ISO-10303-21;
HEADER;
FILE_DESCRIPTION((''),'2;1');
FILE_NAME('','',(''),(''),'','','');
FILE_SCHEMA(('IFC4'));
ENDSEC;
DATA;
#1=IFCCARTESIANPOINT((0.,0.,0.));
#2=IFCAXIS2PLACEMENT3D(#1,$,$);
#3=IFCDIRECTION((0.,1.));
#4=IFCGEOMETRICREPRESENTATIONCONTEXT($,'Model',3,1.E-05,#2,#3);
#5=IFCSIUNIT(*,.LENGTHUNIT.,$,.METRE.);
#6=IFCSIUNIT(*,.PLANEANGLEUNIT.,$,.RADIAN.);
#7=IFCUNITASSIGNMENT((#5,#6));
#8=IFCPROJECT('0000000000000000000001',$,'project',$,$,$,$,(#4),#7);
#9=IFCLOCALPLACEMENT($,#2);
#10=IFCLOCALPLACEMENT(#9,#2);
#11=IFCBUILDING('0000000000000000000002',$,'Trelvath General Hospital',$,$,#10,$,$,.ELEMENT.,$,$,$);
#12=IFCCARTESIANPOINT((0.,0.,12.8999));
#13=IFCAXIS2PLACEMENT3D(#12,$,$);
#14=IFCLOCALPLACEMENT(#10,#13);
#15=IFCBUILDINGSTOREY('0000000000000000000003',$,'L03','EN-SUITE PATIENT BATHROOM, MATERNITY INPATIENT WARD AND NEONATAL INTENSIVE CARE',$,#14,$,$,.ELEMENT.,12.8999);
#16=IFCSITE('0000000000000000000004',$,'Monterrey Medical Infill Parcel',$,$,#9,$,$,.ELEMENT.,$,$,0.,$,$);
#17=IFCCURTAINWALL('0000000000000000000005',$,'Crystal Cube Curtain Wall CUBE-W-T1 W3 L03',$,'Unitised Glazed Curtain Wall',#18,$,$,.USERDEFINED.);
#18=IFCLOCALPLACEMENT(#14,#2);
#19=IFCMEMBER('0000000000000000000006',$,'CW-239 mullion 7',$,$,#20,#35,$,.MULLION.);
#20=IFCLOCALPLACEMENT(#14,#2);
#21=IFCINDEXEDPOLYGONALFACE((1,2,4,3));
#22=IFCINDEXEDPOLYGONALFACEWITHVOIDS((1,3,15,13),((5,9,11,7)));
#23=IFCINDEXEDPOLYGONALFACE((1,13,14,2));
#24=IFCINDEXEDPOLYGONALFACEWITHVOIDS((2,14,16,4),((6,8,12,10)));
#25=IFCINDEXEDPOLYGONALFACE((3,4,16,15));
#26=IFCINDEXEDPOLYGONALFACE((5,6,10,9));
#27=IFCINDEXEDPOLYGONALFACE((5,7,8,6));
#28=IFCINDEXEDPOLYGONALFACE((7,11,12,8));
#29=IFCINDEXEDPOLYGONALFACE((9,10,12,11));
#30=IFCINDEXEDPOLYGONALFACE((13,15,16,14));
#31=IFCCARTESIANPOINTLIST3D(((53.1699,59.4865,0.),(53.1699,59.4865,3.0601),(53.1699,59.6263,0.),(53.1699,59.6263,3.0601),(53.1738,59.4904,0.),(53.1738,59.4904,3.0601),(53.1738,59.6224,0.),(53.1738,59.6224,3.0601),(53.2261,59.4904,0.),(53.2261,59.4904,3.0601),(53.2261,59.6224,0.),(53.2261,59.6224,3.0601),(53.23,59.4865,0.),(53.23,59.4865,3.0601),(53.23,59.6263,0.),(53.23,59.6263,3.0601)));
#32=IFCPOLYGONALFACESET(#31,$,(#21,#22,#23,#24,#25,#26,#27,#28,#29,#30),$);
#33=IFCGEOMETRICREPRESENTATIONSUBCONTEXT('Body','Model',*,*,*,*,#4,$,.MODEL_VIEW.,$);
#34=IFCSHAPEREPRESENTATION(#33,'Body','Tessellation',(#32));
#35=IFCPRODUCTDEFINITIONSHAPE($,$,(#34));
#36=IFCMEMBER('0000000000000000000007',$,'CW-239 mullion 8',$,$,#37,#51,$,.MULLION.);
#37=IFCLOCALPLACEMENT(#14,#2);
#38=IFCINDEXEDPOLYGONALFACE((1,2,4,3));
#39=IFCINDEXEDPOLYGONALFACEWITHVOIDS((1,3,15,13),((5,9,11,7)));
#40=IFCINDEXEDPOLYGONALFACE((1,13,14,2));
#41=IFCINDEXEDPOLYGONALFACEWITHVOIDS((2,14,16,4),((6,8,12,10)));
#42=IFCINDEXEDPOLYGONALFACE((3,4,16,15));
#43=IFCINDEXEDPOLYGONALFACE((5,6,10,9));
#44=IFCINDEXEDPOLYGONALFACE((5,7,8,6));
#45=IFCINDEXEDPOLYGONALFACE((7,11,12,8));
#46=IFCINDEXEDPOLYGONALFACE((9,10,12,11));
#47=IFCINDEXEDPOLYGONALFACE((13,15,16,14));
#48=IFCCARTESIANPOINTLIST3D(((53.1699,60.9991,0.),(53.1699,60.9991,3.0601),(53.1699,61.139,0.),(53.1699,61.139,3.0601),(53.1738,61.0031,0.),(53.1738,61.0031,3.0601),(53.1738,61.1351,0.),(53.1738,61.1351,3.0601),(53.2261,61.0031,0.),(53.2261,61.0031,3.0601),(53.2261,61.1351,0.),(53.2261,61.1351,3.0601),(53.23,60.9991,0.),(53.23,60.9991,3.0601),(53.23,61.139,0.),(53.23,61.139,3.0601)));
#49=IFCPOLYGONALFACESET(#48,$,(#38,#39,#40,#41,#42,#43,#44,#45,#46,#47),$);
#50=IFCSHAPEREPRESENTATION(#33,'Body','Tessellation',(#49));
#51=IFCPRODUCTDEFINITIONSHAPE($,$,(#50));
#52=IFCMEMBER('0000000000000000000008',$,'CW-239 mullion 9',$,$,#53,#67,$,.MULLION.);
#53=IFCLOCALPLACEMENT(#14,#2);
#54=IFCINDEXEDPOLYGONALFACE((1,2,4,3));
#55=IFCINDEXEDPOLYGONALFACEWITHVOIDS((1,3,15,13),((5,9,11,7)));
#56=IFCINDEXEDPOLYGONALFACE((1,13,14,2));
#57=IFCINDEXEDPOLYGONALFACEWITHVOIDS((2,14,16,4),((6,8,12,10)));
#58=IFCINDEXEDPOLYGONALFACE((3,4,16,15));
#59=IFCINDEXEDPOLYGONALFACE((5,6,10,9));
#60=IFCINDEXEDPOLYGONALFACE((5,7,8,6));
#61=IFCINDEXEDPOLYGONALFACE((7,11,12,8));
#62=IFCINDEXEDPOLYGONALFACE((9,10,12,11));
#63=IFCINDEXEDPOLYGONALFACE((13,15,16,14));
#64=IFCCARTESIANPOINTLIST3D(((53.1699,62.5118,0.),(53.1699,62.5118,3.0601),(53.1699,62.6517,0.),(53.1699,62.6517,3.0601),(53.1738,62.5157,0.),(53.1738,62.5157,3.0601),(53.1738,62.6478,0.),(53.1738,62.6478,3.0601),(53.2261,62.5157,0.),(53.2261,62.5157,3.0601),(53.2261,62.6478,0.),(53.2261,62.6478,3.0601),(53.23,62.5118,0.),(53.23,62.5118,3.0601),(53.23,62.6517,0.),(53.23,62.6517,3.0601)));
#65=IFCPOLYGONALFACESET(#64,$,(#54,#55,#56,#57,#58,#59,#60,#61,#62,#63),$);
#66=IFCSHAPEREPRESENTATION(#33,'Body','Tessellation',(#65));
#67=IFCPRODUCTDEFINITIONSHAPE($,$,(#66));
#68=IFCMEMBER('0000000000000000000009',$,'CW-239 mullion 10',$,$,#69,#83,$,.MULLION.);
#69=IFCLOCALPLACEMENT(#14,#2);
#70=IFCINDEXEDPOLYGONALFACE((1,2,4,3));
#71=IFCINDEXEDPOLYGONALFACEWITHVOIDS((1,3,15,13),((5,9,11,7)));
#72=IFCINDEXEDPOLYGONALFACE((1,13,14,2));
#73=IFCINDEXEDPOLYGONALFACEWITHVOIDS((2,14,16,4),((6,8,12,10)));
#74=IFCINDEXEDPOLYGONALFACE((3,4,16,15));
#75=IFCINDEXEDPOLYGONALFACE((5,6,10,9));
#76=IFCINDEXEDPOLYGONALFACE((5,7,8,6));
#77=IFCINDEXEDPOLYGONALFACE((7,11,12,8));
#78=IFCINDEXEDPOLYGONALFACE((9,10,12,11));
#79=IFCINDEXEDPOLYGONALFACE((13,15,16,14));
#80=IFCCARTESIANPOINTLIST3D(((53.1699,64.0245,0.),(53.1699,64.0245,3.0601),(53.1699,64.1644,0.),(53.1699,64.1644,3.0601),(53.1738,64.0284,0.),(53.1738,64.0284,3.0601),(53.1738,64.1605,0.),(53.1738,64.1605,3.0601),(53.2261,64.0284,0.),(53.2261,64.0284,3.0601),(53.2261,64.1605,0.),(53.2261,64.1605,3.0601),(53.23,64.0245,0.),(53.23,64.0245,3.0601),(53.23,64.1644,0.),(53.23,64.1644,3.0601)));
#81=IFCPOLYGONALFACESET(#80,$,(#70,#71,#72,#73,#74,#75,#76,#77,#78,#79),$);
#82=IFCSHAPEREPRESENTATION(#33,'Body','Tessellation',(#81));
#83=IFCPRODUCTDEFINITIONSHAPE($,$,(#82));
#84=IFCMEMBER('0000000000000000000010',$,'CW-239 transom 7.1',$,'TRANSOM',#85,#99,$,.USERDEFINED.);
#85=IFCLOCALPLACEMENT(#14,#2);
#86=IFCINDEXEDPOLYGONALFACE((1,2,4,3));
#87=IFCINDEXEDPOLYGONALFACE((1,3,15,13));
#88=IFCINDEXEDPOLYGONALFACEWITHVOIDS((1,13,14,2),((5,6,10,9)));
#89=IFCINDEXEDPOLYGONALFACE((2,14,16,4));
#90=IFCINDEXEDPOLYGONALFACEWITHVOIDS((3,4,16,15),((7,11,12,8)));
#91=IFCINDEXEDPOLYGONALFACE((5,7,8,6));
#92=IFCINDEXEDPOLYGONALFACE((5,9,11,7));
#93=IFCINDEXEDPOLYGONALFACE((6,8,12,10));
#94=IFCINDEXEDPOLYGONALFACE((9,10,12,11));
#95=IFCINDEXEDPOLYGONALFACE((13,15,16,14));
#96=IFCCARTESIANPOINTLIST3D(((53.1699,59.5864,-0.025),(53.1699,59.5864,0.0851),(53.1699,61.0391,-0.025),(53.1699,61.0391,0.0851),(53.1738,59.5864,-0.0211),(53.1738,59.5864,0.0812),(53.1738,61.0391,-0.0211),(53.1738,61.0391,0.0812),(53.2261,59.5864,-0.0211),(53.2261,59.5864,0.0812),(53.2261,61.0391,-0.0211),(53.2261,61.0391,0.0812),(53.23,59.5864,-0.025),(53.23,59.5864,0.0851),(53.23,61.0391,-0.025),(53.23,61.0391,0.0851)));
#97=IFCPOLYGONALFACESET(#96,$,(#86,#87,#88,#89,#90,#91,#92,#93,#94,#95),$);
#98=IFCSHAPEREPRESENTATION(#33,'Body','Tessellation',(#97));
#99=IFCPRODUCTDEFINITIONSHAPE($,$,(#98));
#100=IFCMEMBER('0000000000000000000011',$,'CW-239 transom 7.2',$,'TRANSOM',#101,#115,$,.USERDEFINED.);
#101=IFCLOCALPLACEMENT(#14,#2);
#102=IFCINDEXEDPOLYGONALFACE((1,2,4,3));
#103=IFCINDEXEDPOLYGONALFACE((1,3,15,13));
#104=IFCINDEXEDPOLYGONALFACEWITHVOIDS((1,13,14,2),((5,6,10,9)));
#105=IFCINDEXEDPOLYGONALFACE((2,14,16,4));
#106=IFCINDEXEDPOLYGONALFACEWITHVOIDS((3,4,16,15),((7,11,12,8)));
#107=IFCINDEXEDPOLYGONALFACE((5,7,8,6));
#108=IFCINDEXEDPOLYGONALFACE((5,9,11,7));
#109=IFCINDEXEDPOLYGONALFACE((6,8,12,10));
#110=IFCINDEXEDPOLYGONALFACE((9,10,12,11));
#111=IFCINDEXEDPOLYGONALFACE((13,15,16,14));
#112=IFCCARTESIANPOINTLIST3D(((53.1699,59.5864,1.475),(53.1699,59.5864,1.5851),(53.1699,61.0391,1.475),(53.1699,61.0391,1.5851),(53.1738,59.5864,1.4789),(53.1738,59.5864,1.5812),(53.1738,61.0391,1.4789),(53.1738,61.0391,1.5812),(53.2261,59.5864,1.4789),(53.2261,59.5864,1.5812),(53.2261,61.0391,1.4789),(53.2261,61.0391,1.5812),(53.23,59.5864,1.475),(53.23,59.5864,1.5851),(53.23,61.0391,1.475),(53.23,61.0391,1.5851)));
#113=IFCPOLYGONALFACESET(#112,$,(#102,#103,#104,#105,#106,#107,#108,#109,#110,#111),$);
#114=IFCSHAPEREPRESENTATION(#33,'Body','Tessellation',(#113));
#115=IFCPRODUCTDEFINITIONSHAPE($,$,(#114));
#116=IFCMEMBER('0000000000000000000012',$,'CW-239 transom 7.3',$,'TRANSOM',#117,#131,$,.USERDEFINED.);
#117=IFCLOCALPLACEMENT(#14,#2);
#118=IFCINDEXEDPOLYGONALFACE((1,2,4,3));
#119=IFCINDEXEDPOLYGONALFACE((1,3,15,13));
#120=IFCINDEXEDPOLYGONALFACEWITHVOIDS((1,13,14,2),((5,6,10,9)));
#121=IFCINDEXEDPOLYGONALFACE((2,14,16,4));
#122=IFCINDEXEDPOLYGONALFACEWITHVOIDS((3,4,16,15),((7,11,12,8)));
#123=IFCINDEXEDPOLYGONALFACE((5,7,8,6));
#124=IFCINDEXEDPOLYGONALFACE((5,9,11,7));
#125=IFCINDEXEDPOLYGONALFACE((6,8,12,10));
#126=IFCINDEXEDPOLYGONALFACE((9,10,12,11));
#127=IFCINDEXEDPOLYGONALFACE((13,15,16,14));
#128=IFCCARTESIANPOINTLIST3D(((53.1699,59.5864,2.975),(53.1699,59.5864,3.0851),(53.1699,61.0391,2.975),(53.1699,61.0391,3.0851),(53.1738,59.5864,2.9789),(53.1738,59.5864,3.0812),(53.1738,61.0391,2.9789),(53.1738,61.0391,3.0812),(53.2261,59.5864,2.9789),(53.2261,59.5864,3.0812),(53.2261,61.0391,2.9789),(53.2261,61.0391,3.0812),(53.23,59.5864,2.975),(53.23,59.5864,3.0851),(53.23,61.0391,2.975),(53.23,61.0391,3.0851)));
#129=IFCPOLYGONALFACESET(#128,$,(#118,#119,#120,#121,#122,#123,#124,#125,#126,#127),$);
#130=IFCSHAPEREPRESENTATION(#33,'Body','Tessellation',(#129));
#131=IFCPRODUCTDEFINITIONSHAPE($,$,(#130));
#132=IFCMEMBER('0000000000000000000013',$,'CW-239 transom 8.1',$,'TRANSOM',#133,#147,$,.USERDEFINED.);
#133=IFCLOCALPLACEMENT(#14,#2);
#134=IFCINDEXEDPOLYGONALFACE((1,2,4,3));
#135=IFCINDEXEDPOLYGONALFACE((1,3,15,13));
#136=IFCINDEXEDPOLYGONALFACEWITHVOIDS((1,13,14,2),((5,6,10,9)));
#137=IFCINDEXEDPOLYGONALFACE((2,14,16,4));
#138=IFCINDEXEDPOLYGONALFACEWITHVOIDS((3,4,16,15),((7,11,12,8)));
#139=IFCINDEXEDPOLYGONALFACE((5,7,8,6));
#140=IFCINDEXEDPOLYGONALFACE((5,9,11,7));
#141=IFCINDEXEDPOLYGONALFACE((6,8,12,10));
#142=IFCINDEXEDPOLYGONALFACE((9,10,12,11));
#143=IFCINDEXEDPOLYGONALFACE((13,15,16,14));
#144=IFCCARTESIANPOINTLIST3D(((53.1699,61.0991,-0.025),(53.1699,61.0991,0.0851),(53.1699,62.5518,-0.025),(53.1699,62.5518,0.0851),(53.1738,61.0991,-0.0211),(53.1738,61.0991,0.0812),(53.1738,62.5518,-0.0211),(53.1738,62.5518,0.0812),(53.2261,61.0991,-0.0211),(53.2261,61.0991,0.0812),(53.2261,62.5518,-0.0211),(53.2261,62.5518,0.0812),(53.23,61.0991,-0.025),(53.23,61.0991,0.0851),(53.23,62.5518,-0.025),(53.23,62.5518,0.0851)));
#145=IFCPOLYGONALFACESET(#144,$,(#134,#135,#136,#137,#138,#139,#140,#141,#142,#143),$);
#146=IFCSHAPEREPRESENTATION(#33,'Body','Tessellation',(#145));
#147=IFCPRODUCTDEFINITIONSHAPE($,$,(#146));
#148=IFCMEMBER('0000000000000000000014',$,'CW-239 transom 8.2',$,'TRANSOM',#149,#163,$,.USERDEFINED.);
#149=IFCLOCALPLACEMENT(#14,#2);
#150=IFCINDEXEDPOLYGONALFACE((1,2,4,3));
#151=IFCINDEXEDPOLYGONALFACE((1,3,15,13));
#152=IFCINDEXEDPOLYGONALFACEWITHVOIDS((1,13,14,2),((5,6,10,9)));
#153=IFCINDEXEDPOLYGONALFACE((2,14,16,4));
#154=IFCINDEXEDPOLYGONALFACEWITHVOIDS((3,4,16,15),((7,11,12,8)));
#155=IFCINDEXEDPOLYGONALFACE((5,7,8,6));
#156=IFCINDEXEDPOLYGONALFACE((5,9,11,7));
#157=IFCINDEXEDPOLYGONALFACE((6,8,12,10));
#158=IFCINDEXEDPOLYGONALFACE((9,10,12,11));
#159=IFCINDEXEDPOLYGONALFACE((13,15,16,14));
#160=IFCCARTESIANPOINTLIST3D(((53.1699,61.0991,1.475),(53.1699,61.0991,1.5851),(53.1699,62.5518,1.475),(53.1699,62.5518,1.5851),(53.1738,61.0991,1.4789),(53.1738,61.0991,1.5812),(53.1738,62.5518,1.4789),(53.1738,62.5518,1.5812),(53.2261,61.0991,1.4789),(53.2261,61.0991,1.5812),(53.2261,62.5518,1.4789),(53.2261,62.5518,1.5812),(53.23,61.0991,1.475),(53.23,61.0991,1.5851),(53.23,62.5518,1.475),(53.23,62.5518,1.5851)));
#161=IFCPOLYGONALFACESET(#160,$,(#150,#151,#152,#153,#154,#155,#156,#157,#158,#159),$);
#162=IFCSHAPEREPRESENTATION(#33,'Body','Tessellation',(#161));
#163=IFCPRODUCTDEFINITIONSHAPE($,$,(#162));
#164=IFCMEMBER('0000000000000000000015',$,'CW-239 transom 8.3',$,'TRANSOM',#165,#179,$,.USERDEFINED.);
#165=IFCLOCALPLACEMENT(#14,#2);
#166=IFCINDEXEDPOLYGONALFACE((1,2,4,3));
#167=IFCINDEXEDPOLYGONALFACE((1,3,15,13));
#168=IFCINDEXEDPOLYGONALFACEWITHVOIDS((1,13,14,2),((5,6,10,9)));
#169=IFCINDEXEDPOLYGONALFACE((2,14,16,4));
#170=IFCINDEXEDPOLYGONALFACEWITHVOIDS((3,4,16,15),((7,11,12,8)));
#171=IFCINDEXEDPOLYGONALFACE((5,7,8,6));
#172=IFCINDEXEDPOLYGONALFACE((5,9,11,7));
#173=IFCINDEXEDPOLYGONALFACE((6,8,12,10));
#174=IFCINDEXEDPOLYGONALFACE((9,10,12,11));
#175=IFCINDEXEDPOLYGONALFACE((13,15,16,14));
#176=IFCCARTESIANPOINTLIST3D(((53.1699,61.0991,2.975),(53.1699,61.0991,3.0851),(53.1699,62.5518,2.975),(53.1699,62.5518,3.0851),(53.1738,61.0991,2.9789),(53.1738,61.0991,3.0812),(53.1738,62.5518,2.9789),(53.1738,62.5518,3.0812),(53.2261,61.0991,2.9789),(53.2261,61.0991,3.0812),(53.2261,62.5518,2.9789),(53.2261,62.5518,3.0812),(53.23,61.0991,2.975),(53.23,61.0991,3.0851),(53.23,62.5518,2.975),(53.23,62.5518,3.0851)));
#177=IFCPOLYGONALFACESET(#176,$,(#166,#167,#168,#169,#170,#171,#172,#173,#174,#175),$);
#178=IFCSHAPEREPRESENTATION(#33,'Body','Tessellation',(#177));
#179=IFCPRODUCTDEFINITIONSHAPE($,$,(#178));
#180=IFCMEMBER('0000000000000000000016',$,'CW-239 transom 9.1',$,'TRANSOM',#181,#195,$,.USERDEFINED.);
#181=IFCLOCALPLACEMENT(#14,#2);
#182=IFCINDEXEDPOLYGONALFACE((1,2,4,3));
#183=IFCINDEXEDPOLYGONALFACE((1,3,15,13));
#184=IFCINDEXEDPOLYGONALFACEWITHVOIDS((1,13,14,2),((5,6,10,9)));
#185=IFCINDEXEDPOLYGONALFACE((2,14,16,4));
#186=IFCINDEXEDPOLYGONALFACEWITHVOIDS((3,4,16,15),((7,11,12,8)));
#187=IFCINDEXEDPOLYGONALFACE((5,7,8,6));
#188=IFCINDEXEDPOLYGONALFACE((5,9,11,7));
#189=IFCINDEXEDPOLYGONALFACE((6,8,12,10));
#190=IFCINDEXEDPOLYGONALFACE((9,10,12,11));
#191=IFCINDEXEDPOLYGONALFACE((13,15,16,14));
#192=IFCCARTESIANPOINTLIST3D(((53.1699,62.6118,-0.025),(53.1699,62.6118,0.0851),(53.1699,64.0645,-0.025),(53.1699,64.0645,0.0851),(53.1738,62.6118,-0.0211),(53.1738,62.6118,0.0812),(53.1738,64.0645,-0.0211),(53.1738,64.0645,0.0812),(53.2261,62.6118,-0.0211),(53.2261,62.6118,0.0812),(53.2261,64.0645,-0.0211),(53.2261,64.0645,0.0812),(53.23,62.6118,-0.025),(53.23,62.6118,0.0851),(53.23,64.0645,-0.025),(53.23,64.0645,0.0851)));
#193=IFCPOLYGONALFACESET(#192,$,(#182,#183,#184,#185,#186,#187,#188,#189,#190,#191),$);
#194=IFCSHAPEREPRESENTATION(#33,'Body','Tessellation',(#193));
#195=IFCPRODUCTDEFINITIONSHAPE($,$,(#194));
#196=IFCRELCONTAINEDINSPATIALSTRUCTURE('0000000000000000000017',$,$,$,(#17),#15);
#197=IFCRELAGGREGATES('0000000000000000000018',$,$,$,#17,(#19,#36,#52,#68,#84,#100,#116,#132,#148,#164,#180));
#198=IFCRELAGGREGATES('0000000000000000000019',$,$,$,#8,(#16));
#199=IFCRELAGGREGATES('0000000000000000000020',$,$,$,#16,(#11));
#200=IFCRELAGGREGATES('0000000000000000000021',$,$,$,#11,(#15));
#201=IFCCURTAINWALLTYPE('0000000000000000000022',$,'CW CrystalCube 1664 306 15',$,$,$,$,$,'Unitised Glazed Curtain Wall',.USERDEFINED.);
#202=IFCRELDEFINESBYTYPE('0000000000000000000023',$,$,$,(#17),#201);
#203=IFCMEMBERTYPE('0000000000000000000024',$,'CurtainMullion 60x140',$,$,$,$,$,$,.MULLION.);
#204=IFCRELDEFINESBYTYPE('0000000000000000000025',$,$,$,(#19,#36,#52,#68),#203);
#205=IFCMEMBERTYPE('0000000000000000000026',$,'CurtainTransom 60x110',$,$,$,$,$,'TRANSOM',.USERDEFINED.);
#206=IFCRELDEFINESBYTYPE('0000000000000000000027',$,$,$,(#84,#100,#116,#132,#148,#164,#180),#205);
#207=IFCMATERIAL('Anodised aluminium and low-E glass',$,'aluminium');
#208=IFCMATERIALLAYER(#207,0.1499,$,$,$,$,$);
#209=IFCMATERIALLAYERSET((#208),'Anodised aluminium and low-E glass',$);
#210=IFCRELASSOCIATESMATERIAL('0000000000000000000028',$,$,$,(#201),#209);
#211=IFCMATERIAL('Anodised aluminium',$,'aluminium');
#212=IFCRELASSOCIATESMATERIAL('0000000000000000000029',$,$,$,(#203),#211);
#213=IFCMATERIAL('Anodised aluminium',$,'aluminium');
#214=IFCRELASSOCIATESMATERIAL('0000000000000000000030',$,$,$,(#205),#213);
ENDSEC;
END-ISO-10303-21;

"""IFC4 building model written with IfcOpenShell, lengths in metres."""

from ifc_helpers import new_model, si_unit, direction, frame, origin, origin_2d, place, context, subcontext, project, spatial, hollow_rectangle, extrude, material, layer, layer_set, material_profile, profile_set, type_object, element, aggregate, save


model = new_model("IFC4")

# Units and contexts
model_context = context("Model", 3, precision=1e-05, world=origin(), true_north=direction((0.0, 1.0)))
body_context = subcontext(model_context, "Body", "Model", "MODEL_VIEW")
ifc_project = project(units=[si_unit("LENGTHUNIT", "METRE"), si_unit("PLANEANGLEUNIT", "RADIAN")], contexts=[model_context])

# Site, building, storey
site_placement = place(None, origin())
site = spatial("IfcSite", under=ifc_project, at=site_placement, Name="Monterrey Medical Infill Parcel", CompositionType="ELEMENT", RefElevation=0.0)
building_placement = place(site_placement, origin())
building = spatial("IfcBuilding", under=site, at=building_placement, Name="Trelvath General Hospital", CompositionType="ELEMENT")
storey_placement = place(building_placement, frame((0.0, 0.0, 12.8999)))
storey = spatial("IfcBuildingStorey", under=building, at=storey_placement, Name="L03", Description="EN-SUITE PATIENT BATHROOM, MATERNITY INPATIENT WARD AND NEONATAL INTENSIVE CARE", CompositionType="ELEMENT", Elevation=12.8999)

# Curtain wall, members
ifc_material_1 = material(Name="Anodised aluminium and low-E glass", Category="aluminium")
ifc_layer_1 = layer(ifc_material_1, 0.1499)
ifc_layer_set_1 = layer_set([ifc_layer_1], Name="Anodised aluminium and low-E glass")
curtain_wall_type = type_object("IfcCurtainWallType", Name="CW CrystalCube 1664 306 15", ElementType="Unitised Glazed Curtain Wall", PredefinedType="USERDEFINED", material=ifc_layer_set_1)
curtain_wall_placement = place(storey_placement, origin())
curtain_wall = element("IfcCurtainWall", 1, at=curtain_wall_placement, inside=storey, type_object=curtain_wall_type, Name="Crystal Cube Curtain Wall CUBE-W-T1 W3 L03", ObjectType="Unitised Glazed Curtain Wall", PredefinedType="USERDEFINED")
ifc_material_2 = material(Name="Anodised aluminium", Category="aluminium")
ifc_material_profile_1 = material_profile(ifc_material_2, hollow_rectangle(XDim=0.0601, YDim=0.1399, WallThickness=0.0039, at=origin_2d()), Name="RHS60x140x4")
ifc_profile_set_1 = profile_set([ifc_material_profile_1], Name="Anodised aluminium")
member_type_1 = type_object("IfcMemberType", Name="CurtainMullion 60x140", PredefinedType="MULLION", material=ifc_profile_set_1)
member_1_placement = place(storey_placement, frame((53.2, 59.5564, 0.0), z_axis=(0.0, 0.0, 1.0), x_axis=(-1.0, 0.0, 0.0)))
member_1 = element("IfcMember", 2, at=member_1_placement, type_object=member_type_1, Name="CW-239 mullion 7", PredefinedType="MULLION", context=body_context, shape_type="SweptSolid", body=[
    extrude(hollow_rectangle(XDim=0.0601, YDim=0.1399, WallThickness=0.0039, at=origin_2d()), origin(), (0.0, 0.0, 1.0), 3.0601),
])
member_2_placement = place(storey_placement, frame((53.2, 61.0691, 0.0), z_axis=(0.0, 0.0, 1.0), x_axis=(-1.0, 0.0, 0.0)))
member_2 = element("IfcMember", 3, at=member_2_placement, type_object=member_type_1, Name="CW-239 mullion 8", PredefinedType="MULLION", context=body_context, shape_type="SweptSolid", body=[
    extrude(hollow_rectangle(XDim=0.0601, YDim=0.1399, WallThickness=0.0039, at=origin_2d()), origin(), (0.0, 0.0, 1.0), 3.0601),
])
member_3_placement = place(storey_placement, frame((53.2, 62.5818, 0.0), z_axis=(0.0, 0.0, 1.0), x_axis=(-1.0, 0.0, 0.0)))
member_3 = element("IfcMember", 4, at=member_3_placement, type_object=member_type_1, Name="CW-239 mullion 9", PredefinedType="MULLION", context=body_context, shape_type="SweptSolid", body=[
    extrude(hollow_rectangle(XDim=0.0601, YDim=0.1399, WallThickness=0.0039, at=origin_2d()), origin(), (0.0, 0.0, 1.0), 3.0601),
])
member_4_placement = place(storey_placement, frame((53.2, 64.0945, 0.0), z_axis=(0.0, 0.0, 1.0), x_axis=(-1.0, 0.0, 0.0)))
member_4 = element("IfcMember", 5, at=member_4_placement, type_object=member_type_1, Name="CW-239 mullion 10", PredefinedType="MULLION", context=body_context, shape_type="SweptSolid", body=[
    extrude(hollow_rectangle(XDim=0.0601, YDim=0.1399, WallThickness=0.0039, at=origin_2d()), origin(), (0.0, 0.0, 1.0), 3.0601),
])
ifc_material_3 = material(Name="Anodised aluminium", Category="aluminium")
ifc_material_profile_2 = material_profile(ifc_material_3, hollow_rectangle(XDim=0.0601, YDim=0.1101, WallThickness=0.0039, at=origin_2d()), Name="RHS60x110x4")
ifc_profile_set_2 = profile_set([ifc_material_profile_2], Name="Anodised aluminium")
member_type_2 = type_object("IfcMemberType", Name="CurtainTransom 60x110", ElementType="TRANSOM", PredefinedType="USERDEFINED", material=ifc_profile_set_2)
member_5_placement = place(storey_placement, frame((53.2, 59.5864, 0.03), z_axis=(0.0, 1.0, 0.0), x_axis=(-1.0, 0.0, 0.0)))
member_5 = element("IfcMember", 6, at=member_5_placement, type_object=member_type_2, Name="CW-239 transom 7.1", ObjectType="TRANSOM", PredefinedType="USERDEFINED", context=body_context, shape_type="SweptSolid", body=[
    extrude(hollow_rectangle(XDim=0.0601, YDim=0.1101, WallThickness=0.0039, at=origin_2d()), origin(), (0.0, 0.0, 1.0), 1.4526),
])
member_6_placement = place(storey_placement, frame((53.2, 59.5864, 1.53), z_axis=(0.0, 1.0, 0.0), x_axis=(-1.0, 0.0, 0.0)))
member_6 = element("IfcMember", 7, at=member_6_placement, type_object=member_type_2, Name="CW-239 transom 7.2", ObjectType="TRANSOM", PredefinedType="USERDEFINED", context=body_context, shape_type="SweptSolid", body=[
    extrude(hollow_rectangle(XDim=0.0601, YDim=0.1101, WallThickness=0.0039, at=origin_2d()), origin(), (0.0, 0.0, 1.0), 1.4526),
])
member_7_placement = place(storey_placement, frame((53.2, 59.5864, 3.03), z_axis=(0.0, 1.0, 0.0), x_axis=(-1.0, 0.0, 0.0)))
member_7 = element("IfcMember", 8, at=member_7_placement, type_object=member_type_2, Name="CW-239 transom 7.3", ObjectType="TRANSOM", PredefinedType="USERDEFINED", context=body_context, shape_type="SweptSolid", body=[
    extrude(hollow_rectangle(XDim=0.0601, YDim=0.1101, WallThickness=0.0039, at=origin_2d()), origin(), (0.0, 0.0, 1.0), 1.4526),
])
member_8_placement = place(storey_placement, frame((53.2, 61.0991, 0.03), z_axis=(0.0, 1.0, 0.0), x_axis=(-1.0, 0.0, 0.0)))
member_8 = element("IfcMember", 9, at=member_8_placement, type_object=member_type_2, Name="CW-239 transom 8.1", ObjectType="TRANSOM", PredefinedType="USERDEFINED", context=body_context, shape_type="SweptSolid", body=[
    extrude(hollow_rectangle(XDim=0.0601, YDim=0.1101, WallThickness=0.0039, at=origin_2d()), origin(), (0.0, 0.0, 1.0), 1.4526),
])
member_9_placement = place(storey_placement, frame((53.2, 61.0991, 1.53), z_axis=(0.0, 1.0, 0.0), x_axis=(-1.0, 0.0, 0.0)))
member_9 = element("IfcMember", 10, at=member_9_placement, type_object=member_type_2, Name="CW-239 transom 8.2", ObjectType="TRANSOM", PredefinedType="USERDEFINED", context=body_context, shape_type="SweptSolid", body=[
    extrude(hollow_rectangle(XDim=0.0601, YDim=0.1101, WallThickness=0.0039, at=origin_2d()), origin(), (0.0, 0.0, 1.0), 1.4526),
])
member_10_placement = place(storey_placement, frame((53.2, 61.0991, 3.03), z_axis=(0.0, 1.0, 0.0), x_axis=(-1.0, 0.0, 0.0)))
member_10 = element("IfcMember", 11, at=member_10_placement, type_object=member_type_2, Name="CW-239 transom 8.3", ObjectType="TRANSOM", PredefinedType="USERDEFINED", context=body_context, shape_type="SweptSolid", body=[
    extrude(hollow_rectangle(XDim=0.0601, YDim=0.1101, WallThickness=0.0039, at=origin_2d()), origin(), (0.0, 0.0, 1.0), 1.4526),
])
member_11_placement = place(storey_placement, frame((53.2, 62.6118, 0.03), z_axis=(0.0, 1.0, 0.0), x_axis=(-1.0, 0.0, 0.0)))
member_11 = element("IfcMember", 12, at=member_11_placement, type_object=member_type_2, Name="CW-239 transom 9.1", ObjectType="TRANSOM", PredefinedType="USERDEFINED", context=body_context, shape_type="SweptSolid", body=[
    extrude(hollow_rectangle(XDim=0.0601, YDim=0.1101, WallThickness=0.0039, at=origin_2d()), origin(), (0.0, 0.0, 1.0), 1.4526),
])
aggregate(curtain_wall, [member_1, member_2, member_3, member_4, member_5, member_6, member_7, member_8, member_9, member_10, member_11])

save(model, "model.ifc")
